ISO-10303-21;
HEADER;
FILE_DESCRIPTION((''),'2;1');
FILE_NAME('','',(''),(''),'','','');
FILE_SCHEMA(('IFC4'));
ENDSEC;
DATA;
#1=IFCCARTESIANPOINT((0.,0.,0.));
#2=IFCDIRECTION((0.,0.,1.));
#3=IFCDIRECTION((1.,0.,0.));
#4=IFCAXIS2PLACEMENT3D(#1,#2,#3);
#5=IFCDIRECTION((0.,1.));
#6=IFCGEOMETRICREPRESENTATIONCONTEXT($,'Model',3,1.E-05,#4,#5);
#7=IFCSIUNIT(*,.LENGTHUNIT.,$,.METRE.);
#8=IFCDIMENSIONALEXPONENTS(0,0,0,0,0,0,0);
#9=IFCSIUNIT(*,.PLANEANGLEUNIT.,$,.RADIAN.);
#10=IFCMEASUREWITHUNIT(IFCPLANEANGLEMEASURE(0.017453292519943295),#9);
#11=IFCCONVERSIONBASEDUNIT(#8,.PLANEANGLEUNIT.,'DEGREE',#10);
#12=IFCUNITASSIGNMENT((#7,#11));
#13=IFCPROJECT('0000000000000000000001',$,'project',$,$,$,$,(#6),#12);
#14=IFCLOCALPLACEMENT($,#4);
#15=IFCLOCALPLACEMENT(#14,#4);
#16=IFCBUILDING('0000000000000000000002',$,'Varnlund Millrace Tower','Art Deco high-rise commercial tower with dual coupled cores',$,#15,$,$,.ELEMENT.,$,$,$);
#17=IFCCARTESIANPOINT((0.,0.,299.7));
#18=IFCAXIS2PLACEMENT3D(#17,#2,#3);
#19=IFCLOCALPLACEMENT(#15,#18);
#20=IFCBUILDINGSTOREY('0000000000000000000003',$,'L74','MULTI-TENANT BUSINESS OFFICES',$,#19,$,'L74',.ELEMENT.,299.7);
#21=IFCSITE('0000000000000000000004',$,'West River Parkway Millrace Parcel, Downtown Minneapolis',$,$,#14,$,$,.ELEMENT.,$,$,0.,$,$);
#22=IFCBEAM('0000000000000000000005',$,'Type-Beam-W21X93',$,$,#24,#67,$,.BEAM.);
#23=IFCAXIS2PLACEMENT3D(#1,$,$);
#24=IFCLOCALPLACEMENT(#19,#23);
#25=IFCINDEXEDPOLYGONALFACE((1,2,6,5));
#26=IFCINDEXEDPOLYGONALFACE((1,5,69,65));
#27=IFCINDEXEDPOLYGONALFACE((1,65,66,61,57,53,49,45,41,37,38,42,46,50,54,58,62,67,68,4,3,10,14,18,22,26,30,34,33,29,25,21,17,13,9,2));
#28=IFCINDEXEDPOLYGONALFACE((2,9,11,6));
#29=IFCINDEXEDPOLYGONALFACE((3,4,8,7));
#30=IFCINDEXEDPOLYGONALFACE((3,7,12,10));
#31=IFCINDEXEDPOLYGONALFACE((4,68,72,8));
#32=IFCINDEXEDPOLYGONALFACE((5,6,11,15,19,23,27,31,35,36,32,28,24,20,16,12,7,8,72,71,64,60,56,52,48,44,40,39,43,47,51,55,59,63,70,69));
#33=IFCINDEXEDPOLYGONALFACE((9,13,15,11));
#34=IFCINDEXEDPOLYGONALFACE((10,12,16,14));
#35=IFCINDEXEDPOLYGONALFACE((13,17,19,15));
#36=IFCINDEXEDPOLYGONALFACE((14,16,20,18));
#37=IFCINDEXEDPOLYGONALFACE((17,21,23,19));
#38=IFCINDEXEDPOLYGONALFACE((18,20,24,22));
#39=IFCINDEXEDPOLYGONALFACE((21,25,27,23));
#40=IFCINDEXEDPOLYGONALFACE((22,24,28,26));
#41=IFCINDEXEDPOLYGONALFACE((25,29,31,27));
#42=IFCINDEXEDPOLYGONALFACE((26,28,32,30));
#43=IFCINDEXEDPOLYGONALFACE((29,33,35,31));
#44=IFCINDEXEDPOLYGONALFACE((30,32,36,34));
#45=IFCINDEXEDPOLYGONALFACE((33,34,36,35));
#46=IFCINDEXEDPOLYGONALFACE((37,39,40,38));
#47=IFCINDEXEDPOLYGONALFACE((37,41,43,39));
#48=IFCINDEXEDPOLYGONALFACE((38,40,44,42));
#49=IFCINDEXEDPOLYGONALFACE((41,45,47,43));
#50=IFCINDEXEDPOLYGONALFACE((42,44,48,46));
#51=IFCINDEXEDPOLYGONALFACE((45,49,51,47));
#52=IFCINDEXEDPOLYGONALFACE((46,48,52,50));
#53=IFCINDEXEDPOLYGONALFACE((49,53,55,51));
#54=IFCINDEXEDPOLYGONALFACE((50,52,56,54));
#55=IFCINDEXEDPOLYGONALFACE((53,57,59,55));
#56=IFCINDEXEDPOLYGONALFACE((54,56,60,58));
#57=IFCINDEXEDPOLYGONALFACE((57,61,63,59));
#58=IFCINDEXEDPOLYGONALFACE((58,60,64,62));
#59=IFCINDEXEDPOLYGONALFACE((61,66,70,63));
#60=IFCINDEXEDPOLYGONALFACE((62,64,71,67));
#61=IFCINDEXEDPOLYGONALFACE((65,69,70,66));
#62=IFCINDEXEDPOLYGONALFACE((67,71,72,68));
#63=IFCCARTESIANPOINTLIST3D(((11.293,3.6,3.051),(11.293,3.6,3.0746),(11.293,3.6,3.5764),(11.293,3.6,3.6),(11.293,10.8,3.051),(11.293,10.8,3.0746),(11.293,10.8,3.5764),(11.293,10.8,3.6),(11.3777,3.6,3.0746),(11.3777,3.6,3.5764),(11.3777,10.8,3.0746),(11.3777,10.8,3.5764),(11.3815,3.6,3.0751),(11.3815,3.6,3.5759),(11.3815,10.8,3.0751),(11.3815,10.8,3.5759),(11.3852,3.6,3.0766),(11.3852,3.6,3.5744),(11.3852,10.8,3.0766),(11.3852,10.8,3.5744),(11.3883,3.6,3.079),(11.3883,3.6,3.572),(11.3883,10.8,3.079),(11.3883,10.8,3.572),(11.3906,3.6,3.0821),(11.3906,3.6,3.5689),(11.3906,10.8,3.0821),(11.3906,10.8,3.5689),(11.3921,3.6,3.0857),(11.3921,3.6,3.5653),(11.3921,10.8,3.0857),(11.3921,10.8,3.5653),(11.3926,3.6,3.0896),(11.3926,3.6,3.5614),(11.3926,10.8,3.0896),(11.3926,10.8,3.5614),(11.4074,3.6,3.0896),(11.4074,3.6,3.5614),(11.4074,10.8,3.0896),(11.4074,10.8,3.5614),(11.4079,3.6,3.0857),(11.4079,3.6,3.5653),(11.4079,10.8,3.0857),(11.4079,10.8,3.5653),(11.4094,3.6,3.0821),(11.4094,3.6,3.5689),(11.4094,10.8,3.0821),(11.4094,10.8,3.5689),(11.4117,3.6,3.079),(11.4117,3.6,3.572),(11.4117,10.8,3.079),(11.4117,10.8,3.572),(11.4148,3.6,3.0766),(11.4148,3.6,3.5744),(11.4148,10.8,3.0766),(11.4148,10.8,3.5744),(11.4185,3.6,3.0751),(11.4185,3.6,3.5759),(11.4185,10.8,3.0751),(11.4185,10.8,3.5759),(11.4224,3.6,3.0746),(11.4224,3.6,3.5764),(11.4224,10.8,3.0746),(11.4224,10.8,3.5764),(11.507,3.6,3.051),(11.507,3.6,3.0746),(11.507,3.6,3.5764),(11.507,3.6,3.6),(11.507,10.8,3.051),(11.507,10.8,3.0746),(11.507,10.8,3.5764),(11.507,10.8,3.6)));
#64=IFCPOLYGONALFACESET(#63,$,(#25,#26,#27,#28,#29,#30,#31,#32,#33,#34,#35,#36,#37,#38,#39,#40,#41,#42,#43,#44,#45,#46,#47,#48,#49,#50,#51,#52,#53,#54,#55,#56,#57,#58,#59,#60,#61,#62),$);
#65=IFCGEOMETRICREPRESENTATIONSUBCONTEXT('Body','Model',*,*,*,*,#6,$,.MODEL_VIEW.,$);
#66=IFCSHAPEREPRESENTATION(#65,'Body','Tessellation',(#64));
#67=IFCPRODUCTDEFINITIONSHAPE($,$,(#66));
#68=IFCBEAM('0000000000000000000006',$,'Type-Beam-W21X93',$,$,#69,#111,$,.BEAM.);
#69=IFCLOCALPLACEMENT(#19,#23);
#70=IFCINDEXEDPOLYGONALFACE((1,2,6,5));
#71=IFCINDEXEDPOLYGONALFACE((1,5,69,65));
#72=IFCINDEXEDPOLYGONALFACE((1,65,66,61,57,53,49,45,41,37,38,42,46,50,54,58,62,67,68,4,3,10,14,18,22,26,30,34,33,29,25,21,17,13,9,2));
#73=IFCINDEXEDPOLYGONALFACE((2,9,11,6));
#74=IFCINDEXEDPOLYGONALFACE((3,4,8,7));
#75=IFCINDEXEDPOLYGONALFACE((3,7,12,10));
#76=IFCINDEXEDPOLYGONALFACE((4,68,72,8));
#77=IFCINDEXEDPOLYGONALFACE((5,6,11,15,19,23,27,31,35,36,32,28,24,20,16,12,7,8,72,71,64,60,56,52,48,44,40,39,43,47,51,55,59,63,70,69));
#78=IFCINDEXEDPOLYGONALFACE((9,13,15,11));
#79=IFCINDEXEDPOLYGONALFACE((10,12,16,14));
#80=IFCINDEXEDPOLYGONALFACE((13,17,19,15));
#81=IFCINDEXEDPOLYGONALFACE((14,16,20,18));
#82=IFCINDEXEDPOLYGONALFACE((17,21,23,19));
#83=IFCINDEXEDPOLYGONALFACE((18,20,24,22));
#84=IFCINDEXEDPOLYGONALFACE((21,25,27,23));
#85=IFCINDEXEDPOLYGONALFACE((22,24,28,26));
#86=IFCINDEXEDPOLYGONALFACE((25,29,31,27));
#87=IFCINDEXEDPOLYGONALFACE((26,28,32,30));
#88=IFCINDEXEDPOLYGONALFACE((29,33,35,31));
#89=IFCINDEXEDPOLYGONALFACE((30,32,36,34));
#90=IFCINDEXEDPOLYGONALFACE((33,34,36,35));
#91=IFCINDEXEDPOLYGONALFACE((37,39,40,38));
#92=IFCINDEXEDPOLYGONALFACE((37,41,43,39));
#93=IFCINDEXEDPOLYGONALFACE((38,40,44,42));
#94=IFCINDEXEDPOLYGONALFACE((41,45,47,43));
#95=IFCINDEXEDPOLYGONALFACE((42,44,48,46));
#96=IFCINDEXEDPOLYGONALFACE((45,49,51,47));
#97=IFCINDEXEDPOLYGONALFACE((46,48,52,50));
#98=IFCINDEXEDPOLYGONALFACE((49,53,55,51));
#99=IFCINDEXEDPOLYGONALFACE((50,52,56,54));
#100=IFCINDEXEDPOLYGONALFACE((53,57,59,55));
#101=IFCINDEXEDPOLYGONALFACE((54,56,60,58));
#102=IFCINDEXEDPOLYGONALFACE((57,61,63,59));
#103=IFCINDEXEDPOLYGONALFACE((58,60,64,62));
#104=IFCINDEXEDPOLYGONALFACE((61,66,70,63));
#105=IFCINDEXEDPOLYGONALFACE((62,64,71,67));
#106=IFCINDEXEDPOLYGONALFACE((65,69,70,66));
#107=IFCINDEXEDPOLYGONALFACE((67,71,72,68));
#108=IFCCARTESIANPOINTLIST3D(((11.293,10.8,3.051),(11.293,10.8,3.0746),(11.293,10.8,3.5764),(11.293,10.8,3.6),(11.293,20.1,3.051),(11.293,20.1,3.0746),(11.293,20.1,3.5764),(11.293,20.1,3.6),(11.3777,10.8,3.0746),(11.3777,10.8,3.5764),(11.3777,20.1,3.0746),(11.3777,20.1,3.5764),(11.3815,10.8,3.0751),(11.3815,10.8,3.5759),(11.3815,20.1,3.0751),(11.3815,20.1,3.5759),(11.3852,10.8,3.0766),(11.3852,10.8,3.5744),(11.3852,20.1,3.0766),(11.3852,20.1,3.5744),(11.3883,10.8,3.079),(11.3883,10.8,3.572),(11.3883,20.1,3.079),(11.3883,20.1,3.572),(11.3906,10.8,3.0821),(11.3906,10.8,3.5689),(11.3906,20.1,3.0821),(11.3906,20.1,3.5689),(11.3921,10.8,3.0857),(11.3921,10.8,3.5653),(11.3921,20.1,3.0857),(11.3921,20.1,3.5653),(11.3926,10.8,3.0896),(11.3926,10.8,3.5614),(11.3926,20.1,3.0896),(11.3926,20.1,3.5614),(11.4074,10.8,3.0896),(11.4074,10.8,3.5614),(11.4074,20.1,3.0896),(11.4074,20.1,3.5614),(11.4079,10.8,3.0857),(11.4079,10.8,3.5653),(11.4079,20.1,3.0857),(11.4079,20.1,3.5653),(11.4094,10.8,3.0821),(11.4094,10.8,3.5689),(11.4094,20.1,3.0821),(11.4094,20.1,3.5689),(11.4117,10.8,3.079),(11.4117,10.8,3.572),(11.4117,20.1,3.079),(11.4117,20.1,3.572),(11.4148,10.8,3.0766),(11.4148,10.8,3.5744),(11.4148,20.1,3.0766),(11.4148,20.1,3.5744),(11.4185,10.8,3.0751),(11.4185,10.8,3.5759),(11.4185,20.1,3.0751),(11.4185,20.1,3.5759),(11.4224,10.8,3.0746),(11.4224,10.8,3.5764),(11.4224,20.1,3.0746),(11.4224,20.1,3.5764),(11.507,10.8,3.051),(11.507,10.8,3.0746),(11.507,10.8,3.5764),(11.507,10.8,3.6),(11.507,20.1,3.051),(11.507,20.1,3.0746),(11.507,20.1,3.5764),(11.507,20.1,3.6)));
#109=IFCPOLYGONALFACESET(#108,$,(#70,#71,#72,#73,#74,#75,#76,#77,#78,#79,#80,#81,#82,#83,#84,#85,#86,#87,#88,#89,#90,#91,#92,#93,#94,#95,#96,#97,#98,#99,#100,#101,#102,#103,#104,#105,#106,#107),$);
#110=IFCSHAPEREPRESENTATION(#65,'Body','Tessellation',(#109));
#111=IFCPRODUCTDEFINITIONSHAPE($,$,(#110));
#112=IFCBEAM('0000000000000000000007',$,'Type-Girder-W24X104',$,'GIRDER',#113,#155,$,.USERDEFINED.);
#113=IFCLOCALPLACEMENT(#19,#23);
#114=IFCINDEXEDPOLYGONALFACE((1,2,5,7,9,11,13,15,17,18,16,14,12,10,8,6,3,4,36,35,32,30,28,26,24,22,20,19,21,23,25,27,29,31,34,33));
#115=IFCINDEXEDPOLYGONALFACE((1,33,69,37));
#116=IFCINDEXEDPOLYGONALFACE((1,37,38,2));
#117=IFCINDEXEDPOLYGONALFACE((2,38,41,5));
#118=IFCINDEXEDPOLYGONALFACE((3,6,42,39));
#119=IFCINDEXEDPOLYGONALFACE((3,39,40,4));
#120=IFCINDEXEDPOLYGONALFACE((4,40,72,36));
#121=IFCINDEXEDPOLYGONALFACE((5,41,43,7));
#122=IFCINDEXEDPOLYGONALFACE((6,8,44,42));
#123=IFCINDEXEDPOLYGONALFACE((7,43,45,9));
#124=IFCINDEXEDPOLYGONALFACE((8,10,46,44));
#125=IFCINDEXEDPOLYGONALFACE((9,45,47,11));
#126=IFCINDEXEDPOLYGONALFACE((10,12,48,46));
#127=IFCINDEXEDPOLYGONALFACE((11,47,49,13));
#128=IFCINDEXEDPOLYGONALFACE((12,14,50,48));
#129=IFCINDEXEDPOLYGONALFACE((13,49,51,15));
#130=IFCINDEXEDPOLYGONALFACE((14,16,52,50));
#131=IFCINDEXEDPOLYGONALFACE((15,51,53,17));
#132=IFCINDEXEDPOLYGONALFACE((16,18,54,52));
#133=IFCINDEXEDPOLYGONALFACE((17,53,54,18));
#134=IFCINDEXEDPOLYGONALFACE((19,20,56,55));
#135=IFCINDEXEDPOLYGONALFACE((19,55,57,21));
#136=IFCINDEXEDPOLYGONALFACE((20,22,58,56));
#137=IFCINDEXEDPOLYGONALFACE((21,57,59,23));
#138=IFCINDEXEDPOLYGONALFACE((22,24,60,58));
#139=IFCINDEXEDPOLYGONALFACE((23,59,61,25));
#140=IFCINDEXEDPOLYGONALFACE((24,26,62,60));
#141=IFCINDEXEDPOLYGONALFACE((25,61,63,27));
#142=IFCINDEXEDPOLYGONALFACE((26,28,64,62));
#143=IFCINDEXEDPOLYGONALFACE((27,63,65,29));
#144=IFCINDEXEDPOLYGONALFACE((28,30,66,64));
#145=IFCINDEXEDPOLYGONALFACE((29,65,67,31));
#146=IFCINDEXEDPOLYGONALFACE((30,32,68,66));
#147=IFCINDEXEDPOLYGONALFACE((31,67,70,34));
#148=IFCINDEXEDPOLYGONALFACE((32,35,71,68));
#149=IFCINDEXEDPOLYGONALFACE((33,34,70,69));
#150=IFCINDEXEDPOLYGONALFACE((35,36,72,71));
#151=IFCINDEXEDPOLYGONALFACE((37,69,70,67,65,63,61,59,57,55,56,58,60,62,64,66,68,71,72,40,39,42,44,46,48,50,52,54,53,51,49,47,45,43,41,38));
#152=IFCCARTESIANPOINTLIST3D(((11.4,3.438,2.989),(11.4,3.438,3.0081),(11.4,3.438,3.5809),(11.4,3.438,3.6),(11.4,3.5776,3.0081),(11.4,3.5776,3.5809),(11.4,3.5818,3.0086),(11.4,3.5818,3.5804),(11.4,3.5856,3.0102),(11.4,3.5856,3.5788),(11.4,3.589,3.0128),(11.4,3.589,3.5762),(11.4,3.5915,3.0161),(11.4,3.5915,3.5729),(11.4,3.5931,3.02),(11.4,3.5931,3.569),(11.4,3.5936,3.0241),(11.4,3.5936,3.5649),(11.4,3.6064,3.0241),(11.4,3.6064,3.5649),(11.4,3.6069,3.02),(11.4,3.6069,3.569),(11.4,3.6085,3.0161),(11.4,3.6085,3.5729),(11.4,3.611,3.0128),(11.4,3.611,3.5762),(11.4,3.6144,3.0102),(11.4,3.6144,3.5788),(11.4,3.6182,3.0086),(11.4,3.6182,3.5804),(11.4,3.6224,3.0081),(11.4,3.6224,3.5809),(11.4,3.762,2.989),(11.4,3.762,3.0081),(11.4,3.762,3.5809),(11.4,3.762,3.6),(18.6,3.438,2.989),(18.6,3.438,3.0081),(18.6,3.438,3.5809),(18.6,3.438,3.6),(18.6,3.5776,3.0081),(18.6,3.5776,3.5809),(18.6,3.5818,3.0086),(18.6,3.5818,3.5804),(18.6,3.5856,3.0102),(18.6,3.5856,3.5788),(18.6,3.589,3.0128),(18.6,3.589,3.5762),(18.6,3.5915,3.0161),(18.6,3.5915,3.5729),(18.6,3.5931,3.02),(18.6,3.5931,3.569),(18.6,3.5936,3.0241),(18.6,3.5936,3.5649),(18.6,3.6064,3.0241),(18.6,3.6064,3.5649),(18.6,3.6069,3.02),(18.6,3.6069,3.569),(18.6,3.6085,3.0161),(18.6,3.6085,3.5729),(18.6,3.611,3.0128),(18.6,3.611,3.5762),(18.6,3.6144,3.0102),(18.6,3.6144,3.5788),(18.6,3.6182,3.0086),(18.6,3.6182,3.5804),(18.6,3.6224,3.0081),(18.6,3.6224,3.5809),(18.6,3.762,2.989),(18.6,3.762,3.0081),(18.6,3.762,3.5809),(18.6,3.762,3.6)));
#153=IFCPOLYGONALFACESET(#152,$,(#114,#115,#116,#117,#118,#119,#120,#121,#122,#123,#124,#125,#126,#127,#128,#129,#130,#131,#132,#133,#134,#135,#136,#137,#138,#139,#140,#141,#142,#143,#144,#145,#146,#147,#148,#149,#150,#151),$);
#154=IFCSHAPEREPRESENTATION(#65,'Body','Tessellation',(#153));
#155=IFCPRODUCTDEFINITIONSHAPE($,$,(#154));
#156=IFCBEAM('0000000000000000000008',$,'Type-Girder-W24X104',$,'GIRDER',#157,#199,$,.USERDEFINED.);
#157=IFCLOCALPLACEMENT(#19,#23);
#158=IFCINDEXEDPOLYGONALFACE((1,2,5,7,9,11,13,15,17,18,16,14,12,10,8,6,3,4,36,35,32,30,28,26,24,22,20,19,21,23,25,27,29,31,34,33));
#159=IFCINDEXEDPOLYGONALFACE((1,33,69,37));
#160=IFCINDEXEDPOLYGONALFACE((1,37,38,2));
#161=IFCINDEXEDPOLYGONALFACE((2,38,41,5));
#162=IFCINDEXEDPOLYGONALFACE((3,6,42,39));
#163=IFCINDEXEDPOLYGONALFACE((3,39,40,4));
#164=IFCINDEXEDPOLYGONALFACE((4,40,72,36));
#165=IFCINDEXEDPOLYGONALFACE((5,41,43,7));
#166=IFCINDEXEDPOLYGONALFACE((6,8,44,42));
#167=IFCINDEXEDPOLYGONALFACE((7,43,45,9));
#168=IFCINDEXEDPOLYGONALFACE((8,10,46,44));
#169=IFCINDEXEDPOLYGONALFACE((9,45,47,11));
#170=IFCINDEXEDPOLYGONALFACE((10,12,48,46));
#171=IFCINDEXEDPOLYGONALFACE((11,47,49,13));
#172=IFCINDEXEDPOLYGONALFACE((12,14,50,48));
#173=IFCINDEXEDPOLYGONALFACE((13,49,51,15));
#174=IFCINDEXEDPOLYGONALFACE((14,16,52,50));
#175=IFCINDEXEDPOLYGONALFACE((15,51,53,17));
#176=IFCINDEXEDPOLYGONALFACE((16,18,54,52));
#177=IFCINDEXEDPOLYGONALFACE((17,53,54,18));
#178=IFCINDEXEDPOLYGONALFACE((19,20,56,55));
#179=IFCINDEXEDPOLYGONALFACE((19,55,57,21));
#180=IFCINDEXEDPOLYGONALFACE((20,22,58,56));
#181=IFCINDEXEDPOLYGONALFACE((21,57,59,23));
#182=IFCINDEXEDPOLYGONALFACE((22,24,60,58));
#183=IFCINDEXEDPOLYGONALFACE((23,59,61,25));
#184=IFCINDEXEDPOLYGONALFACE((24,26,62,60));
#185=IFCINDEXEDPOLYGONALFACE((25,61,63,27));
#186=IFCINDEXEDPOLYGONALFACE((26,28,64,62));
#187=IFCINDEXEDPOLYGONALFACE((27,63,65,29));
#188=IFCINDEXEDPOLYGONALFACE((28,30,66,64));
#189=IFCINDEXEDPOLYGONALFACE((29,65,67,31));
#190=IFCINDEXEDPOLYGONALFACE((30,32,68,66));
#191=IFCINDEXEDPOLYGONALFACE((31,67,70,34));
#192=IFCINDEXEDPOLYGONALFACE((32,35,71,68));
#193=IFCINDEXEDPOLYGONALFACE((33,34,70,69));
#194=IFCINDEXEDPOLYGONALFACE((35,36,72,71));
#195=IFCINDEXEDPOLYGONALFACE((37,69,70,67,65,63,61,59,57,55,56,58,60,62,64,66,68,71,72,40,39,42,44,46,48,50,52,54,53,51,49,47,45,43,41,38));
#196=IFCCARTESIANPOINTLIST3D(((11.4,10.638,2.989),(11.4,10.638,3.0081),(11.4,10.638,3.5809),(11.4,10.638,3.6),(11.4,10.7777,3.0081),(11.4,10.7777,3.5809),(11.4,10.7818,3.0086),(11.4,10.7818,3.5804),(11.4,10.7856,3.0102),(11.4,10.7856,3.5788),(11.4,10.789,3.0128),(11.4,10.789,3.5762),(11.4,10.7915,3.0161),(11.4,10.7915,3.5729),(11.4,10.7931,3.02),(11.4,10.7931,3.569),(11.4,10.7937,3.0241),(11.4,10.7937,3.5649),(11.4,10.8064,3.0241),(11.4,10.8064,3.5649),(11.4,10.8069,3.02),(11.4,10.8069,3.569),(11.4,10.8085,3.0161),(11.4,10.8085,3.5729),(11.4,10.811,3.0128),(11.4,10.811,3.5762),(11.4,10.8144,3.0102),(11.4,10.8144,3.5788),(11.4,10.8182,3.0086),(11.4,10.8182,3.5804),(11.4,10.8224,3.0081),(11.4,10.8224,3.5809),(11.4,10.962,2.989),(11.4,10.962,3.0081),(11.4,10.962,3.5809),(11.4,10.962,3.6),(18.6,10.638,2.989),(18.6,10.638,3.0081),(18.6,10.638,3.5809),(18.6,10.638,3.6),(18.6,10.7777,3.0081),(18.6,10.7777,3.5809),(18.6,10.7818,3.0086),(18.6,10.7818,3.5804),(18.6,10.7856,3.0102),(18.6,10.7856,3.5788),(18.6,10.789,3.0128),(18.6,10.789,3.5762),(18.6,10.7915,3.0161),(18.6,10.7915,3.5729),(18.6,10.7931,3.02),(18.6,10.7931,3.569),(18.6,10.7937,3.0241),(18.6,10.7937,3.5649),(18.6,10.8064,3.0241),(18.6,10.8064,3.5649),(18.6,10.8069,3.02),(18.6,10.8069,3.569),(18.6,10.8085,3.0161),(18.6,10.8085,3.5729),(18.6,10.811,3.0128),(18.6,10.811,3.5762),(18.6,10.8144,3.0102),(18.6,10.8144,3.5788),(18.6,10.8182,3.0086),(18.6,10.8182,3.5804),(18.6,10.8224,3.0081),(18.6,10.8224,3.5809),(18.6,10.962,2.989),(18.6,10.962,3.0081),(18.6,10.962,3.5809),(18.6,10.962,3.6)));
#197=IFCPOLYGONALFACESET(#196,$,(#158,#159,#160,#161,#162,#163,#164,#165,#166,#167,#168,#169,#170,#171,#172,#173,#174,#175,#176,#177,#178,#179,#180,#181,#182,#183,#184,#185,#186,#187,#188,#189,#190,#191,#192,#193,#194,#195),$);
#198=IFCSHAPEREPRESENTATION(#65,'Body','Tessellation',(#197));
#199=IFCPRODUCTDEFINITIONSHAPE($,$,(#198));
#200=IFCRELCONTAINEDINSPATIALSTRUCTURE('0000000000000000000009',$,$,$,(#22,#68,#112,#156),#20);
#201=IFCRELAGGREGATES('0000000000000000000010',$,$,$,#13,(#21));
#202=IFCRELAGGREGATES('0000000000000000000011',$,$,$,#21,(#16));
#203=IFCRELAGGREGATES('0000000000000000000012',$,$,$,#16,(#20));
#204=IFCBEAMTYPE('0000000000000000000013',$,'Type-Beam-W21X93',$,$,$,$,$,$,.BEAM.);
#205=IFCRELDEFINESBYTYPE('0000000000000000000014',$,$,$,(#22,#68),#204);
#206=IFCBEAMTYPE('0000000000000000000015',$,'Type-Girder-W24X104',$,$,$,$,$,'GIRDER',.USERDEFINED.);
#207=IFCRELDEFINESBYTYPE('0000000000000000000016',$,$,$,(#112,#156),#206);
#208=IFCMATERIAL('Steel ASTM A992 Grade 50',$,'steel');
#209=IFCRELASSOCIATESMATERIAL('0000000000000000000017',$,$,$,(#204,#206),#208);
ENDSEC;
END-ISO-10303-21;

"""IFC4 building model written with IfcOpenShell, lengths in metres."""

from ifc_helpers import new_model, entity, si_unit, converted_unit, direction, frame, origin_with_axes, origin_2d_with_axis, place, context, subcontext, project, spatial, i_section, extrude, material, material_profile, profile_set, type_object, element, save


model = new_model("IFC4")

# Units and contexts
model_context = context("Model", 3, precision=1e-05, world=origin_with_axes(), true_north=direction((0.0, 1.0)))
body_context = subcontext(model_context, "Body", "Model", "MODEL_VIEW")
ifc_project = project(units=[si_unit("LENGTHUNIT", "METRE"), converted_unit("PLANEANGLEUNIT", "DEGREE", entity("IfcPlaneAngleMeasure", 0.017453292519943295), si_unit("PLANEANGLEUNIT", "RADIAN"), dimensions=[0, 0, 0, 0, 0, 0, 0])], contexts=[model_context])

# Site, building, storey
site_placement = place(None, origin_with_axes())
site = spatial("IfcSite", under=ifc_project, at=site_placement, Name="West River Parkway Millrace Parcel, Downtown Minneapolis", CompositionType="ELEMENT", RefElevation=0.0)
building_placement = place(site_placement, origin_with_axes())
building = spatial("IfcBuilding", under=site, at=building_placement, Name="Varnlund Millrace Tower", Description="Art Deco high-rise commercial tower with dual coupled cores", CompositionType="ELEMENT")
storey_placement = place(building_placement, frame((0.0, 0.0, 299.7), z_axis=(0.0, 0.0, 1.0), x_axis=(1.0, 0.0, 0.0)))
storey = spatial("IfcBuildingStorey", under=building, at=storey_placement, Name="L74", Description="MULTI-TENANT BUSINESS OFFICES", LongName="L74", CompositionType="ELEMENT", Elevation=299.7)

# Beams
ifc_material_1 = material(Name="Steel ASTM A992 Grade 50", Category="steel")
ifc_material_profile_1 = material_profile(ifc_material_1, i_section(OverallWidth=0.214, OverallDepth=0.549, WebThickness=0.0147, FlangeThickness=0.0236, FilletRadius=0.015, at=origin_2d_with_axis()), Name="Steel ASTM A992 Grade 50")
ifc_profile_set_1 = profile_set([ifc_material_profile_1], Name="Steel ASTM A992 Grade 50")
beam_type_1 = type_object("IfcBeamType", Name="Type-Beam-W21X93", PredefinedType="BEAM", material=ifc_profile_set_1)
beam_1_placement = place(storey_placement, frame((11.4, 3.6, 3.3255), z_axis=(0.0, 1.0, 0.0), x_axis=(-1.0, 0.0, 0.0)))
element("IfcBeam", 1, at=beam_1_placement, inside=storey, type_object=beam_type_1, Name="Type-Beam-W21X93", PredefinedType="BEAM", context=body_context, shape_type="SweptSolid", body=[
    extrude(i_section(OverallWidth=0.214, OverallDepth=0.549, WebThickness=0.0147, FlangeThickness=0.0236, FilletRadius=0.015, at=origin_2d_with_axis()), origin_with_axes(), (0.0, 0.0, 1.0), 7.2),
])
beam_2_placement = place(storey_placement, frame((11.4, 10.8, 3.3255), z_axis=(0.0, 1.0, 0.0), x_axis=(-1.0, 0.0, 0.0)))
element("IfcBeam", 2, at=beam_2_placement, inside=storey, type_object=beam_type_1, Name="Type-Beam-W21X93", PredefinedType="BEAM", context=body_context, shape_type="SweptSolid", body=[
    extrude(i_section(OverallWidth=0.214, OverallDepth=0.549, WebThickness=0.0147, FlangeThickness=0.0236, FilletRadius=0.015, at=origin_2d_with_axis()), origin_with_axes(), (0.0, 0.0, 1.0), 9.3),
])
ifc_material_profile_2 = material_profile(ifc_material_1, i_section(OverallWidth=0.324, OverallDepth=0.611, WebThickness=0.0127, FlangeThickness=0.0191, FilletRadius=0.016, at=origin_2d_with_axis()), Name="Steel ASTM A992 Grade 50")
ifc_profile_set_2 = profile_set([ifc_material_profile_2], Name="Steel ASTM A992 Grade 50")
beam_type_2 = type_object("IfcBeamType", Name="Type-Girder-W24X104", ElementType="GIRDER", PredefinedType="USERDEFINED", material=ifc_profile_set_2)
for number, where, z_axis, x_axis, name in (
    (3, (11.4, 3.6, 3.2945), (1.0, 0.0, 0.0), (0.0, 1.0, 0.0), "Type-Girder-W24X104"),
    (4, (11.4, 10.8, 3.2945), (1.0, 0.0, 0.0), (0.0, 1.0, 0.0), "Type-Girder-W24X104"),
):
    element("IfcBeam", number, at=place(storey_placement, frame(where, z_axis=z_axis, x_axis=x_axis)), inside=storey, type_object=beam_type_2, Name=name, ObjectType="GIRDER", PredefinedType="USERDEFINED", context=body_context, shape_type="SweptSolid", body=[
        extrude(i_section(OverallWidth=0.324, OverallDepth=0.611, WebThickness=0.0127, FlangeThickness=0.0191, FilletRadius=0.016, at=origin_2d_with_axis()), origin_with_axes(), (0.0, 0.0, 1.0), 7.2),
    ])

save(model, "model.ifc")
